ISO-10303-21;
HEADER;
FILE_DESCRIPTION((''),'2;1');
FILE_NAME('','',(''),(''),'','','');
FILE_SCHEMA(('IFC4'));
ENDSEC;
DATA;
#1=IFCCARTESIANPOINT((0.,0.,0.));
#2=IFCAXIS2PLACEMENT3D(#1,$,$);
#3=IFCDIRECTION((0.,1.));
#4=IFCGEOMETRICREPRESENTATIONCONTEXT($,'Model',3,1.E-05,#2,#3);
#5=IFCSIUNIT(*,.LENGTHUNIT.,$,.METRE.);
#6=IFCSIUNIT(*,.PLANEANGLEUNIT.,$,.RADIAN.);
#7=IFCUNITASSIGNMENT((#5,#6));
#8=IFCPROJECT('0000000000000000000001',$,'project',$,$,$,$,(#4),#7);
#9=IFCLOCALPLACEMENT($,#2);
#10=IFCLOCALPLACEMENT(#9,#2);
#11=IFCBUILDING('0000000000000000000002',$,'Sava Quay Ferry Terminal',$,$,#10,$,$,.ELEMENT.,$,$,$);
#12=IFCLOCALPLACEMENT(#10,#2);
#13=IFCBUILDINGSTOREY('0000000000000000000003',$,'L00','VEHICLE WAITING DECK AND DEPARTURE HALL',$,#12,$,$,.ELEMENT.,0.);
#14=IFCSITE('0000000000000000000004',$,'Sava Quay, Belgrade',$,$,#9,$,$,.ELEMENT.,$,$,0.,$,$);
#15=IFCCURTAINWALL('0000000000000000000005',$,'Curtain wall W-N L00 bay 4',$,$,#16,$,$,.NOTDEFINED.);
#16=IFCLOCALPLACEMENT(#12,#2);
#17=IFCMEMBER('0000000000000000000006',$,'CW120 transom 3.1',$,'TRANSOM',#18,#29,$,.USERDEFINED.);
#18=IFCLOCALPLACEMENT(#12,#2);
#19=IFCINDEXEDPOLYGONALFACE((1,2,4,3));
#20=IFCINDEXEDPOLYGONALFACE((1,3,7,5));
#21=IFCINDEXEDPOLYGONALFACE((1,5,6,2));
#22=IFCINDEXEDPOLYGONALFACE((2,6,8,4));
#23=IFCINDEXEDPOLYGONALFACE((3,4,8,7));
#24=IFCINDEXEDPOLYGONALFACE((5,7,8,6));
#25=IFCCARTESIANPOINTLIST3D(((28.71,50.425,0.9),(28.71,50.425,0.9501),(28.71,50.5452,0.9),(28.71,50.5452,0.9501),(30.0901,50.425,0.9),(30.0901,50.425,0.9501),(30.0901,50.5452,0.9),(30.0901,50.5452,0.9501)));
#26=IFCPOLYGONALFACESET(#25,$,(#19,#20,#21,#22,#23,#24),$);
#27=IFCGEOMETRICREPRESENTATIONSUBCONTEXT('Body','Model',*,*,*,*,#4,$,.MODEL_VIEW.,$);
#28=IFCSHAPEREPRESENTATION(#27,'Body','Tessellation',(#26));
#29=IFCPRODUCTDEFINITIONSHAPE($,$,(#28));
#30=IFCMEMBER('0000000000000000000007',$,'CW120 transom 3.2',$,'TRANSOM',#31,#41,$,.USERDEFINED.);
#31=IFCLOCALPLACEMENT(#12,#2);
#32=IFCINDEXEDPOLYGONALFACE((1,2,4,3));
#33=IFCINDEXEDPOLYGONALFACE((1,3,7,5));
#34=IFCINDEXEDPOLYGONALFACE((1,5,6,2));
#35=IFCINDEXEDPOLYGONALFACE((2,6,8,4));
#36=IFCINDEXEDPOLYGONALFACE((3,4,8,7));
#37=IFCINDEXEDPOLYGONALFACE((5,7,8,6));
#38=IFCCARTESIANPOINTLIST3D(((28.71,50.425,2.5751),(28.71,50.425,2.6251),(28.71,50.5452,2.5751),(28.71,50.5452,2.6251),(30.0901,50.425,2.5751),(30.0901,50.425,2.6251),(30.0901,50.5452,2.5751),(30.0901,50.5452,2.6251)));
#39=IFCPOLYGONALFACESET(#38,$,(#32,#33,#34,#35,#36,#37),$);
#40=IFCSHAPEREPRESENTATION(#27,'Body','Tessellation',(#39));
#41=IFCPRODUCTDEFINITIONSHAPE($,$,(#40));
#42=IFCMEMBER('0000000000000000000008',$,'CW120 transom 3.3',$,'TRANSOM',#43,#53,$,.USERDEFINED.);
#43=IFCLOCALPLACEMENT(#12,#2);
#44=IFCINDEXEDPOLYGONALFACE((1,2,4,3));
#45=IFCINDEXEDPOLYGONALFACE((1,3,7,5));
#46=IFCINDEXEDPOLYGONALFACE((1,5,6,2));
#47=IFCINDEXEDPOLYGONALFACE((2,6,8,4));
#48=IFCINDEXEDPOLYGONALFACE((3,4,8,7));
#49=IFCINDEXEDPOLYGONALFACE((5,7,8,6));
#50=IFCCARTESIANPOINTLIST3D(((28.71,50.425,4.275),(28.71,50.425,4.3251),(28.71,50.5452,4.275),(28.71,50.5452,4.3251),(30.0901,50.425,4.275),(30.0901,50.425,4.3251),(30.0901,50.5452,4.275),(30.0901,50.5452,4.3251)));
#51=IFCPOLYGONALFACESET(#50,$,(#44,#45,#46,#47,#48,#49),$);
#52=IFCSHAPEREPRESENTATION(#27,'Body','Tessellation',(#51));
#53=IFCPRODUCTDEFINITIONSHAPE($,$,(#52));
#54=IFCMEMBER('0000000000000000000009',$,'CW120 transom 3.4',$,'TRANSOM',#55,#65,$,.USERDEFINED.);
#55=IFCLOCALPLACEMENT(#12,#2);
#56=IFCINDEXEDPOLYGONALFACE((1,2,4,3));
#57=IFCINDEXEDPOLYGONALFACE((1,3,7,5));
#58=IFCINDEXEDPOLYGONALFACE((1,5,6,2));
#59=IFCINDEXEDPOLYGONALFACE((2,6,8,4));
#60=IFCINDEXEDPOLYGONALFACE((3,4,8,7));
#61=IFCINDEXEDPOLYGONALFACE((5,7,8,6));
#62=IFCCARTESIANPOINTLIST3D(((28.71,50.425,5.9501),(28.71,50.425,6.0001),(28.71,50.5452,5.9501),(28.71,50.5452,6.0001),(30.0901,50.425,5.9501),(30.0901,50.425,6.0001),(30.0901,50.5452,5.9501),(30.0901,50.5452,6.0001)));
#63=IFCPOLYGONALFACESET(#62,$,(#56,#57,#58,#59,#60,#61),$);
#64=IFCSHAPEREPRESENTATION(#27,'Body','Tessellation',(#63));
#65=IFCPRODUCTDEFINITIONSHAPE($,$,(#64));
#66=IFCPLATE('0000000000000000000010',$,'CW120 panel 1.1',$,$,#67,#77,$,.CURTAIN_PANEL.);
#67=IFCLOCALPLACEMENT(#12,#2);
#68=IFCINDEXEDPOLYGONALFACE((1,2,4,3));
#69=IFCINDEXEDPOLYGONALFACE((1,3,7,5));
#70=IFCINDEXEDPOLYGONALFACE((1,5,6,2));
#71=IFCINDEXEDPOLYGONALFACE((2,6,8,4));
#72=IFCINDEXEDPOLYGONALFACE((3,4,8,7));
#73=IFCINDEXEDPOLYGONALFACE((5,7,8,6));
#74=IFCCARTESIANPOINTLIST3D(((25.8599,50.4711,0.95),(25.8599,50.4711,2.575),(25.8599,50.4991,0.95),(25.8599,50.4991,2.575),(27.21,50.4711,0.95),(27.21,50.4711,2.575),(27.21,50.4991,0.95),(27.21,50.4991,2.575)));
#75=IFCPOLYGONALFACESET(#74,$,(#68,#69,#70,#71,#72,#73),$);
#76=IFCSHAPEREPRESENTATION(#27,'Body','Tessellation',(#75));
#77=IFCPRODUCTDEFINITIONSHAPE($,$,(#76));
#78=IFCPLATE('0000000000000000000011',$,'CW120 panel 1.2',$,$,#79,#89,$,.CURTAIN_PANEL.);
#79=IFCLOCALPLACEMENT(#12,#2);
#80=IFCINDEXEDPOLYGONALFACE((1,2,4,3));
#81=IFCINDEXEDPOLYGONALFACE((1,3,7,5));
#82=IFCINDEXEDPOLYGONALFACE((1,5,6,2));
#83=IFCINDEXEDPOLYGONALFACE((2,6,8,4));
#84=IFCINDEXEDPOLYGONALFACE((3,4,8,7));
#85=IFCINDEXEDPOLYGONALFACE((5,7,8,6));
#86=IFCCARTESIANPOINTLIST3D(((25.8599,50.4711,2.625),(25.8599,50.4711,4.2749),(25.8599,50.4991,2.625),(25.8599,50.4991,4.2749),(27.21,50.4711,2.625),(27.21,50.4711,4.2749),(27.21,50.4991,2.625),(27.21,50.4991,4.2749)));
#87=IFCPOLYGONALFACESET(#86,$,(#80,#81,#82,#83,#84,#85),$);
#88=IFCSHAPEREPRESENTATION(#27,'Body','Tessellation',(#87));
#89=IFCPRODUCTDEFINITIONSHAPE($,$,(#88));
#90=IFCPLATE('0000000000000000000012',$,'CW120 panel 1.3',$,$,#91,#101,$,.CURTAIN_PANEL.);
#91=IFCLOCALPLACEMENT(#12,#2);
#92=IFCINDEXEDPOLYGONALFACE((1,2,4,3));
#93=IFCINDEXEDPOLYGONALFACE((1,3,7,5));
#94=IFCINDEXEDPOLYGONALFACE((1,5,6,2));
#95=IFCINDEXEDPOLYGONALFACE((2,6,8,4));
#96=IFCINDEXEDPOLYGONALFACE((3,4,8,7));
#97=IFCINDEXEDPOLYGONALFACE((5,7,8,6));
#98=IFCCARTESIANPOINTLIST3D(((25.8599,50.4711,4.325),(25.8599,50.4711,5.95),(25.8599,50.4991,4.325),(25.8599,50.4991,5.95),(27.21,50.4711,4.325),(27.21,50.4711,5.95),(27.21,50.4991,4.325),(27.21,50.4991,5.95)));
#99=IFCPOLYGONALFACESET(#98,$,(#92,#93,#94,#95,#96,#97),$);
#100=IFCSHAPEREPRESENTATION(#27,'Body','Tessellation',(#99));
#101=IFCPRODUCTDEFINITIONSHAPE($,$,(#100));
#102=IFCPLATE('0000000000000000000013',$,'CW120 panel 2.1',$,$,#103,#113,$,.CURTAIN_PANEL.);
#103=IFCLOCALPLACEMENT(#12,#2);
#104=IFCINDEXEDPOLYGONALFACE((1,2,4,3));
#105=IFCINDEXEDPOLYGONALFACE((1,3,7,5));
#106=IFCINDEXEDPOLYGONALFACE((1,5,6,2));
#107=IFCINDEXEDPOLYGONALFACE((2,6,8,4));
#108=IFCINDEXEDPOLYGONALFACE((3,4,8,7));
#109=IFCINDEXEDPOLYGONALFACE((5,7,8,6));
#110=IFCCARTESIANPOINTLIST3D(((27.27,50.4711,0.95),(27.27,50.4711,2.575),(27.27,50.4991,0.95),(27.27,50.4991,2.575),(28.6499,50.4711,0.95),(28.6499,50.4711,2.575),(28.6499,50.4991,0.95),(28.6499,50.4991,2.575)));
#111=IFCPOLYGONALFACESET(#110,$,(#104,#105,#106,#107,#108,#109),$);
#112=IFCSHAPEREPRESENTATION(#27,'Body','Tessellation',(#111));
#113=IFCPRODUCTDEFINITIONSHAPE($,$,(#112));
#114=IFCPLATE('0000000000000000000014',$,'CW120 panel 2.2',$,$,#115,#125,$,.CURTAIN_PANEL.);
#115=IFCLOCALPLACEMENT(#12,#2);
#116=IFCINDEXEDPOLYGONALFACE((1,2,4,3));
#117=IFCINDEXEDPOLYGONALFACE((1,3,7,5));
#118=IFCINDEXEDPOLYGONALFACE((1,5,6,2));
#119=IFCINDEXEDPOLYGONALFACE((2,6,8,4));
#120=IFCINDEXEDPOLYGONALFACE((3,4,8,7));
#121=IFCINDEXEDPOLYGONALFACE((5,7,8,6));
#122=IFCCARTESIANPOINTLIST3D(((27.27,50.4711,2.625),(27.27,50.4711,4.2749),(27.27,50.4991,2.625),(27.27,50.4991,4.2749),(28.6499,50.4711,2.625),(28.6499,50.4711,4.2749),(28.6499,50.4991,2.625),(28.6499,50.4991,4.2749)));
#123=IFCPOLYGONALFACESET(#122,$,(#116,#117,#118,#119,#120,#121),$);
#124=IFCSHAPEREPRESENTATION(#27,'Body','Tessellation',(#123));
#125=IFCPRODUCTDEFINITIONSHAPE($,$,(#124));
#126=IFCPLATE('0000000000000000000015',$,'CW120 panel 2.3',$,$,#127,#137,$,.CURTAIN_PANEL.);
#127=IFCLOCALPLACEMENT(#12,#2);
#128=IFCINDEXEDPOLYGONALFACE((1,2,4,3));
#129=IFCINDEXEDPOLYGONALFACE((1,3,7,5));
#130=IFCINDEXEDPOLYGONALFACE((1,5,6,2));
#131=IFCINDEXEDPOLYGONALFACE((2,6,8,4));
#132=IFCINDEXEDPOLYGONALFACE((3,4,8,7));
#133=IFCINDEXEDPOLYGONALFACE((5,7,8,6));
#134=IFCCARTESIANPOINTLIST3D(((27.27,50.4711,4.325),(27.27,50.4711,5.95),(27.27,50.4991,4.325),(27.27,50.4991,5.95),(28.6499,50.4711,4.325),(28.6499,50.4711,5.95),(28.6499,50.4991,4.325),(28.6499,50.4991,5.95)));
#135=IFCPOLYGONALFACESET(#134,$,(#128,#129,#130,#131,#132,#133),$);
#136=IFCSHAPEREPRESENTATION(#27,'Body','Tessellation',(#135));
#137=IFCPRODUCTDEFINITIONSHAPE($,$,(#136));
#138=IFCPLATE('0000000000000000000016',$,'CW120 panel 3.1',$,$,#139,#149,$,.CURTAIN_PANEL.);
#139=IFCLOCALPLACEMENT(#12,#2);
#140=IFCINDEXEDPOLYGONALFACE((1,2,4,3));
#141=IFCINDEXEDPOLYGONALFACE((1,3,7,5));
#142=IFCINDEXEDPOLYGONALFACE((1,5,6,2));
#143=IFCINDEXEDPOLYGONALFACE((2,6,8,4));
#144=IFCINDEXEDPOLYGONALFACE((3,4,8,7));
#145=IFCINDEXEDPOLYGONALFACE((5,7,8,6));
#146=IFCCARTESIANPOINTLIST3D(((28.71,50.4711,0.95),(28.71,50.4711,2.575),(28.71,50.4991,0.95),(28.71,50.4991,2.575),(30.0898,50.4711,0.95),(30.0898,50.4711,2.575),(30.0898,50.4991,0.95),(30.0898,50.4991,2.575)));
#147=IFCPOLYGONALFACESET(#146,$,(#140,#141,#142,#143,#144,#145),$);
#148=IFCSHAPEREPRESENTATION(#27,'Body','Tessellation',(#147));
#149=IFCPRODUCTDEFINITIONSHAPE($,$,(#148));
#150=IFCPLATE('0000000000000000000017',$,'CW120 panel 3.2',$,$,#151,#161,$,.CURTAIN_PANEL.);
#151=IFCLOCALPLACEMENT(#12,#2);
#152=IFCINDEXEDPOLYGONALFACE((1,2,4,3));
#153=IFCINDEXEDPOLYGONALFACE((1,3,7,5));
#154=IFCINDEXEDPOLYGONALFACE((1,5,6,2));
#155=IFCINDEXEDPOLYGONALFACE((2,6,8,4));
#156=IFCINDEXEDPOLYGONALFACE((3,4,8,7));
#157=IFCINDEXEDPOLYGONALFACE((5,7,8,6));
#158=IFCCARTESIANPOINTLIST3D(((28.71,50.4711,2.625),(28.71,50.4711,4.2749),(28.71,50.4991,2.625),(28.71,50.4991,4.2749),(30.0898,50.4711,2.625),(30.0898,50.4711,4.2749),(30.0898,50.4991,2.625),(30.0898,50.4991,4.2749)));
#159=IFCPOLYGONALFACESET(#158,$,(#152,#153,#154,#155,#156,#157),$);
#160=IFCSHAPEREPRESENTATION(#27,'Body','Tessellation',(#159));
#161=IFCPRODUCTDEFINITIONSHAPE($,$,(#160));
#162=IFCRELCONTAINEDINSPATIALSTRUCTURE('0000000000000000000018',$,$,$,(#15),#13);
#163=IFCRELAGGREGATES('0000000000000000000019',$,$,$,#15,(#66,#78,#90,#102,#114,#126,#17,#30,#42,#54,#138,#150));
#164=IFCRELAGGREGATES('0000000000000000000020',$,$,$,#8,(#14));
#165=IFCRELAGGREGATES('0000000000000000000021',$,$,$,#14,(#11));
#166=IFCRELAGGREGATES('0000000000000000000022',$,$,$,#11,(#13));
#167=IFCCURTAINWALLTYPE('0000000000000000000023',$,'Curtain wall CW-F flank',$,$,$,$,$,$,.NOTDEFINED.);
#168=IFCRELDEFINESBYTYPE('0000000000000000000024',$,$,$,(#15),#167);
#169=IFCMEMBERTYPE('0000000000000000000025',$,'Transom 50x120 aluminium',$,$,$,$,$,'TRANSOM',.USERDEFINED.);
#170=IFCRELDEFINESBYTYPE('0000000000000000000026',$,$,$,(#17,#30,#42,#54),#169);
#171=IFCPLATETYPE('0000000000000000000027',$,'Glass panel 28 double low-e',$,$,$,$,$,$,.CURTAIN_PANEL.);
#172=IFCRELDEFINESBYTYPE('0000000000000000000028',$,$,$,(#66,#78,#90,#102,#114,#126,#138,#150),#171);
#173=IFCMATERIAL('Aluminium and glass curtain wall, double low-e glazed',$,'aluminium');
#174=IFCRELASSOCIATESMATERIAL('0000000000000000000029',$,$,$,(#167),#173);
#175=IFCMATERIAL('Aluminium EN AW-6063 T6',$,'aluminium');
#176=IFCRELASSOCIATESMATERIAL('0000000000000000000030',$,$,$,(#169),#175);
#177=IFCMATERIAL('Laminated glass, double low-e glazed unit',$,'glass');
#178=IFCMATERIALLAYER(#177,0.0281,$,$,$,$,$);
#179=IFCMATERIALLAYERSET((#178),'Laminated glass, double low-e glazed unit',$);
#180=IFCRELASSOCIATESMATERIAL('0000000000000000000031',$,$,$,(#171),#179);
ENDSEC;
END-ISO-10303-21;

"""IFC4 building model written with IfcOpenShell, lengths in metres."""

from ifc_helpers import new_model, si_unit, direction, frame, origin, origin_2d, place, context, subcontext, project, spatial, rectangle, extrude, material, layer, layer_set, material_profile, profile_set, type_object, element, aggregate, save


model = new_model("IFC4")

# Units and contexts
model_context = context("Model", 3, precision=1e-05, world=origin(), true_north=direction((0.0, 1.0)))
body_context = subcontext(model_context, "Body", "Model", "MODEL_VIEW")
ifc_project = project(units=[si_unit("LENGTHUNIT", "METRE"), si_unit("PLANEANGLEUNIT", "RADIAN")], contexts=[model_context])

# Site, building, storey
site_placement = place(None, origin())
site = spatial("IfcSite", under=ifc_project, at=site_placement, Name="Sava Quay, Belgrade", CompositionType="ELEMENT", RefElevation=0.0)
building_placement = place(site_placement, origin())
building = spatial("IfcBuilding", under=site, at=building_placement, Name="Sava Quay Ferry Terminal", CompositionType="ELEMENT")
storey_placement = place(building_placement, origin())
storey = spatial("IfcBuildingStorey", under=building, at=storey_placement, Name="L00", Description="VEHICLE WAITING DECK AND DEPARTURE HALL", CompositionType="ELEMENT", Elevation=0.0)

# Curtain wall
ifc_material_1 = material(Name="Aluminium and glass curtain wall, double low-e glazed", Category="aluminium")
curtain_wall_type = type_object("IfcCurtainWallType", Name="Curtain wall CW-F flank", PredefinedType="NOTDEFINED", material=ifc_material_1)
curtain_wall_placement = place(storey_placement, origin())
curtain_wall = element("IfcCurtainWall", 1, at=curtain_wall_placement, inside=storey, type_object=curtain_wall_type, Name="Curtain wall W-N L00 bay 4", PredefinedType="NOTDEFINED")

# Members
ifc_material_2 = material(Name="Aluminium EN AW-6063 T6", Category="aluminium")
ifc_material_profile_1 = material_profile(ifc_material_2, rectangle(XDim=0.1201, YDim=0.05, at=origin_2d()), Name="Transom 50x120 aluminium")
ifc_profile_set_1 = profile_set([ifc_material_profile_1], Name="Aluminium EN AW-6063 T6")
member_type_1 = type_object("IfcMemberType", Name="Transom 50x120 aluminium", ElementType="TRANSOM", PredefinedType="USERDEFINED", material=ifc_profile_set_1)
member_1_placement = place(storey_placement, frame((28.71, 50.4851, 0.925), z_axis=(1.0, 0.0, 0.0), x_axis=(0.0, 1.0, 0.0)))
member_1 = element("IfcMember", 2, at=member_1_placement, type_object=member_type_1, Name="CW120 transom 3.1", ObjectType="TRANSOM", PredefinedType="USERDEFINED", context=body_context, shape_type="SweptSolid", body=[
    extrude(rectangle(XDim=0.1201, YDim=0.05, at=origin_2d()), origin(), (0.0, 0.0, 1.0), 1.3801),
])
member_2_placement = place(storey_placement, frame((28.71, 50.4851, 2.6001), z_axis=(1.0, 0.0, 0.0), x_axis=(0.0, 1.0, 0.0)))
member_2 = element("IfcMember", 3, at=member_2_placement, type_object=member_type_1, Name="CW120 transom 3.2", ObjectType="TRANSOM", PredefinedType="USERDEFINED", context=body_context, shape_type="SweptSolid", body=[
    extrude(rectangle(XDim=0.1201, YDim=0.05, at=origin_2d()), origin(), (0.0, 0.0, 1.0), 1.3801),
])
member_3_placement = place(storey_placement, frame((28.71, 50.4851, 4.3), z_axis=(1.0, 0.0, 0.0), x_axis=(0.0, 1.0, 0.0)))
member_3 = element("IfcMember", 4, at=member_3_placement, type_object=member_type_1, Name="CW120 transom 3.3", ObjectType="TRANSOM", PredefinedType="USERDEFINED", context=body_context, shape_type="SweptSolid", body=[
    extrude(rectangle(XDim=0.1201, YDim=0.05, at=origin_2d()), origin(), (0.0, 0.0, 1.0), 1.3801),
])
member_4_placement = place(storey_placement, frame((28.71, 50.4851, 5.9751), z_axis=(1.0, 0.0, 0.0), x_axis=(0.0, 1.0, 0.0)))
member_4 = element("IfcMember", 5, at=member_4_placement, type_object=member_type_1, Name="CW120 transom 3.4", ObjectType="TRANSOM", PredefinedType="USERDEFINED", context=body_context, shape_type="SweptSolid", body=[
    extrude(rectangle(XDim=0.1201, YDim=0.05, at=origin_2d()), origin(), (0.0, 0.0, 1.0), 1.3801),
])

# Plates
ifc_material_3 = material(Name="Laminated glass, double low-e glazed unit", Category="glass")
ifc_layer_1 = layer(ifc_material_3, 0.0281)
ifc_layer_set_1 = layer_set([ifc_layer_1], Name="Laminated glass, double low-e glazed unit")
plate_type = type_object("IfcPlateType", Name="Glass panel 28 double low-e", PredefinedType="CURTAIN_PANEL", material=ifc_layer_set_1)
plate_1_placement = place(storey_placement, frame((26.5349, 50.4851, 0.95), z_axis=(0.0, 0.0, 1.0), x_axis=(1.0, 0.0, 0.0)))
plate_1 = element("IfcPlate", 6, at=plate_1_placement, type_object=plate_type, Name="CW120 panel 1.1", PredefinedType="CURTAIN_PANEL", context=body_context, shape_type="SweptSolid", body=[
    extrude(rectangle(XDim=1.3501, YDim=0.0281, at=origin_2d()), origin(), (0.0, 0.0, 1.0), 1.625),
])
plate_2_placement = place(storey_placement, frame((26.5349, 50.4851, 2.625), z_axis=(0.0, 0.0, 1.0), x_axis=(1.0, 0.0, 0.0)))
plate_2 = element("IfcPlate", 7, at=plate_2_placement, type_object=plate_type, Name="CW120 panel 1.2", PredefinedType="CURTAIN_PANEL", context=body_context, shape_type="SweptSolid", body=[
    extrude(rectangle(XDim=1.3501, YDim=0.0281, at=origin_2d()), origin(), (0.0, 0.0, 1.0), 1.6499),
])
plate_3_placement = place(storey_placement, frame((26.5349, 50.4851, 4.325), z_axis=(0.0, 0.0, 1.0), x_axis=(1.0, 0.0, 0.0)))
plate_3 = element("IfcPlate", 8, at=plate_3_placement, type_object=plate_type, Name="CW120 panel 1.3", PredefinedType="CURTAIN_PANEL", context=body_context, shape_type="SweptSolid", body=[
    extrude(rectangle(XDim=1.3501, YDim=0.0281, at=origin_2d()), origin(), (0.0, 0.0, 1.0), 1.625),
])
plate_4_placement = place(storey_placement, frame((27.96, 50.4851, 0.95), z_axis=(0.0, 0.0, 1.0), x_axis=(1.0, 0.0, 0.0)))
plate_4 = element("IfcPlate", 9, at=plate_4_placement, type_object=plate_type, Name="CW120 panel 2.1", PredefinedType="CURTAIN_PANEL", context=body_context, shape_type="SweptSolid", body=[
    extrude(rectangle(XDim=1.3799, YDim=0.0281, at=origin_2d()), origin(), (0.0, 0.0, 1.0), 1.625),
])
plate_5_placement = place(storey_placement, frame((27.96, 50.4851, 2.625), z_axis=(0.0, 0.0, 1.0), x_axis=(1.0, 0.0, 0.0)))
plate_5 = element("IfcPlate", 10, at=plate_5_placement, type_object=plate_type, Name="CW120 panel 2.2", PredefinedType="CURTAIN_PANEL", context=body_context, shape_type="SweptSolid", body=[
    extrude(rectangle(XDim=1.3799, YDim=0.0281, at=origin_2d()), origin(), (0.0, 0.0, 1.0), 1.6499),
])
plate_6_placement = place(storey_placement, frame((27.96, 50.4851, 4.325), z_axis=(0.0, 0.0, 1.0), x_axis=(1.0, 0.0, 0.0)))
plate_6 = element("IfcPlate", 11, at=plate_6_placement, type_object=plate_type, Name="CW120 panel 2.3", PredefinedType="CURTAIN_PANEL", context=body_context, shape_type="SweptSolid", body=[
    extrude(rectangle(XDim=1.3799, YDim=0.0281, at=origin_2d()), origin(), (0.0, 0.0, 1.0), 1.625),
])
plate_7_placement = place(storey_placement, frame((29.3999, 50.4851, 0.95), z_axis=(0.0, 0.0, 1.0), x_axis=(1.0, 0.0, 0.0)))
plate_7 = element("IfcPlate", 12, at=plate_7_placement, type_object=plate_type, Name="CW120 panel 3.1", PredefinedType="CURTAIN_PANEL", context=body_context, shape_type="SweptSolid", body=[
    extrude(rectangle(XDim=1.3799, YDim=0.0281, at=origin_2d()), origin(), (0.0, 0.0, 1.0), 1.625),
])
plate_8_placement = place(storey_placement, frame((29.3999, 50.4851, 2.625), z_axis=(0.0, 0.0, 1.0), x_axis=(1.0, 0.0, 0.0)))
plate_8 = element("IfcPlate", 13, at=plate_8_placement, type_object=plate_type, Name="CW120 panel 3.2", PredefinedType="CURTAIN_PANEL", context=body_context, shape_type="SweptSolid", body=[
    extrude(rectangle(XDim=1.3799, YDim=0.0281, at=origin_2d()), origin(), (0.0, 0.0, 1.0), 1.6499),
])
aggregate(curtain_wall, [plate_1, plate_2, plate_3, plate_4, plate_5, plate_6, member_1, member_2, member_3, member_4, plate_7, plate_8])

save(model, "model.ifc")
